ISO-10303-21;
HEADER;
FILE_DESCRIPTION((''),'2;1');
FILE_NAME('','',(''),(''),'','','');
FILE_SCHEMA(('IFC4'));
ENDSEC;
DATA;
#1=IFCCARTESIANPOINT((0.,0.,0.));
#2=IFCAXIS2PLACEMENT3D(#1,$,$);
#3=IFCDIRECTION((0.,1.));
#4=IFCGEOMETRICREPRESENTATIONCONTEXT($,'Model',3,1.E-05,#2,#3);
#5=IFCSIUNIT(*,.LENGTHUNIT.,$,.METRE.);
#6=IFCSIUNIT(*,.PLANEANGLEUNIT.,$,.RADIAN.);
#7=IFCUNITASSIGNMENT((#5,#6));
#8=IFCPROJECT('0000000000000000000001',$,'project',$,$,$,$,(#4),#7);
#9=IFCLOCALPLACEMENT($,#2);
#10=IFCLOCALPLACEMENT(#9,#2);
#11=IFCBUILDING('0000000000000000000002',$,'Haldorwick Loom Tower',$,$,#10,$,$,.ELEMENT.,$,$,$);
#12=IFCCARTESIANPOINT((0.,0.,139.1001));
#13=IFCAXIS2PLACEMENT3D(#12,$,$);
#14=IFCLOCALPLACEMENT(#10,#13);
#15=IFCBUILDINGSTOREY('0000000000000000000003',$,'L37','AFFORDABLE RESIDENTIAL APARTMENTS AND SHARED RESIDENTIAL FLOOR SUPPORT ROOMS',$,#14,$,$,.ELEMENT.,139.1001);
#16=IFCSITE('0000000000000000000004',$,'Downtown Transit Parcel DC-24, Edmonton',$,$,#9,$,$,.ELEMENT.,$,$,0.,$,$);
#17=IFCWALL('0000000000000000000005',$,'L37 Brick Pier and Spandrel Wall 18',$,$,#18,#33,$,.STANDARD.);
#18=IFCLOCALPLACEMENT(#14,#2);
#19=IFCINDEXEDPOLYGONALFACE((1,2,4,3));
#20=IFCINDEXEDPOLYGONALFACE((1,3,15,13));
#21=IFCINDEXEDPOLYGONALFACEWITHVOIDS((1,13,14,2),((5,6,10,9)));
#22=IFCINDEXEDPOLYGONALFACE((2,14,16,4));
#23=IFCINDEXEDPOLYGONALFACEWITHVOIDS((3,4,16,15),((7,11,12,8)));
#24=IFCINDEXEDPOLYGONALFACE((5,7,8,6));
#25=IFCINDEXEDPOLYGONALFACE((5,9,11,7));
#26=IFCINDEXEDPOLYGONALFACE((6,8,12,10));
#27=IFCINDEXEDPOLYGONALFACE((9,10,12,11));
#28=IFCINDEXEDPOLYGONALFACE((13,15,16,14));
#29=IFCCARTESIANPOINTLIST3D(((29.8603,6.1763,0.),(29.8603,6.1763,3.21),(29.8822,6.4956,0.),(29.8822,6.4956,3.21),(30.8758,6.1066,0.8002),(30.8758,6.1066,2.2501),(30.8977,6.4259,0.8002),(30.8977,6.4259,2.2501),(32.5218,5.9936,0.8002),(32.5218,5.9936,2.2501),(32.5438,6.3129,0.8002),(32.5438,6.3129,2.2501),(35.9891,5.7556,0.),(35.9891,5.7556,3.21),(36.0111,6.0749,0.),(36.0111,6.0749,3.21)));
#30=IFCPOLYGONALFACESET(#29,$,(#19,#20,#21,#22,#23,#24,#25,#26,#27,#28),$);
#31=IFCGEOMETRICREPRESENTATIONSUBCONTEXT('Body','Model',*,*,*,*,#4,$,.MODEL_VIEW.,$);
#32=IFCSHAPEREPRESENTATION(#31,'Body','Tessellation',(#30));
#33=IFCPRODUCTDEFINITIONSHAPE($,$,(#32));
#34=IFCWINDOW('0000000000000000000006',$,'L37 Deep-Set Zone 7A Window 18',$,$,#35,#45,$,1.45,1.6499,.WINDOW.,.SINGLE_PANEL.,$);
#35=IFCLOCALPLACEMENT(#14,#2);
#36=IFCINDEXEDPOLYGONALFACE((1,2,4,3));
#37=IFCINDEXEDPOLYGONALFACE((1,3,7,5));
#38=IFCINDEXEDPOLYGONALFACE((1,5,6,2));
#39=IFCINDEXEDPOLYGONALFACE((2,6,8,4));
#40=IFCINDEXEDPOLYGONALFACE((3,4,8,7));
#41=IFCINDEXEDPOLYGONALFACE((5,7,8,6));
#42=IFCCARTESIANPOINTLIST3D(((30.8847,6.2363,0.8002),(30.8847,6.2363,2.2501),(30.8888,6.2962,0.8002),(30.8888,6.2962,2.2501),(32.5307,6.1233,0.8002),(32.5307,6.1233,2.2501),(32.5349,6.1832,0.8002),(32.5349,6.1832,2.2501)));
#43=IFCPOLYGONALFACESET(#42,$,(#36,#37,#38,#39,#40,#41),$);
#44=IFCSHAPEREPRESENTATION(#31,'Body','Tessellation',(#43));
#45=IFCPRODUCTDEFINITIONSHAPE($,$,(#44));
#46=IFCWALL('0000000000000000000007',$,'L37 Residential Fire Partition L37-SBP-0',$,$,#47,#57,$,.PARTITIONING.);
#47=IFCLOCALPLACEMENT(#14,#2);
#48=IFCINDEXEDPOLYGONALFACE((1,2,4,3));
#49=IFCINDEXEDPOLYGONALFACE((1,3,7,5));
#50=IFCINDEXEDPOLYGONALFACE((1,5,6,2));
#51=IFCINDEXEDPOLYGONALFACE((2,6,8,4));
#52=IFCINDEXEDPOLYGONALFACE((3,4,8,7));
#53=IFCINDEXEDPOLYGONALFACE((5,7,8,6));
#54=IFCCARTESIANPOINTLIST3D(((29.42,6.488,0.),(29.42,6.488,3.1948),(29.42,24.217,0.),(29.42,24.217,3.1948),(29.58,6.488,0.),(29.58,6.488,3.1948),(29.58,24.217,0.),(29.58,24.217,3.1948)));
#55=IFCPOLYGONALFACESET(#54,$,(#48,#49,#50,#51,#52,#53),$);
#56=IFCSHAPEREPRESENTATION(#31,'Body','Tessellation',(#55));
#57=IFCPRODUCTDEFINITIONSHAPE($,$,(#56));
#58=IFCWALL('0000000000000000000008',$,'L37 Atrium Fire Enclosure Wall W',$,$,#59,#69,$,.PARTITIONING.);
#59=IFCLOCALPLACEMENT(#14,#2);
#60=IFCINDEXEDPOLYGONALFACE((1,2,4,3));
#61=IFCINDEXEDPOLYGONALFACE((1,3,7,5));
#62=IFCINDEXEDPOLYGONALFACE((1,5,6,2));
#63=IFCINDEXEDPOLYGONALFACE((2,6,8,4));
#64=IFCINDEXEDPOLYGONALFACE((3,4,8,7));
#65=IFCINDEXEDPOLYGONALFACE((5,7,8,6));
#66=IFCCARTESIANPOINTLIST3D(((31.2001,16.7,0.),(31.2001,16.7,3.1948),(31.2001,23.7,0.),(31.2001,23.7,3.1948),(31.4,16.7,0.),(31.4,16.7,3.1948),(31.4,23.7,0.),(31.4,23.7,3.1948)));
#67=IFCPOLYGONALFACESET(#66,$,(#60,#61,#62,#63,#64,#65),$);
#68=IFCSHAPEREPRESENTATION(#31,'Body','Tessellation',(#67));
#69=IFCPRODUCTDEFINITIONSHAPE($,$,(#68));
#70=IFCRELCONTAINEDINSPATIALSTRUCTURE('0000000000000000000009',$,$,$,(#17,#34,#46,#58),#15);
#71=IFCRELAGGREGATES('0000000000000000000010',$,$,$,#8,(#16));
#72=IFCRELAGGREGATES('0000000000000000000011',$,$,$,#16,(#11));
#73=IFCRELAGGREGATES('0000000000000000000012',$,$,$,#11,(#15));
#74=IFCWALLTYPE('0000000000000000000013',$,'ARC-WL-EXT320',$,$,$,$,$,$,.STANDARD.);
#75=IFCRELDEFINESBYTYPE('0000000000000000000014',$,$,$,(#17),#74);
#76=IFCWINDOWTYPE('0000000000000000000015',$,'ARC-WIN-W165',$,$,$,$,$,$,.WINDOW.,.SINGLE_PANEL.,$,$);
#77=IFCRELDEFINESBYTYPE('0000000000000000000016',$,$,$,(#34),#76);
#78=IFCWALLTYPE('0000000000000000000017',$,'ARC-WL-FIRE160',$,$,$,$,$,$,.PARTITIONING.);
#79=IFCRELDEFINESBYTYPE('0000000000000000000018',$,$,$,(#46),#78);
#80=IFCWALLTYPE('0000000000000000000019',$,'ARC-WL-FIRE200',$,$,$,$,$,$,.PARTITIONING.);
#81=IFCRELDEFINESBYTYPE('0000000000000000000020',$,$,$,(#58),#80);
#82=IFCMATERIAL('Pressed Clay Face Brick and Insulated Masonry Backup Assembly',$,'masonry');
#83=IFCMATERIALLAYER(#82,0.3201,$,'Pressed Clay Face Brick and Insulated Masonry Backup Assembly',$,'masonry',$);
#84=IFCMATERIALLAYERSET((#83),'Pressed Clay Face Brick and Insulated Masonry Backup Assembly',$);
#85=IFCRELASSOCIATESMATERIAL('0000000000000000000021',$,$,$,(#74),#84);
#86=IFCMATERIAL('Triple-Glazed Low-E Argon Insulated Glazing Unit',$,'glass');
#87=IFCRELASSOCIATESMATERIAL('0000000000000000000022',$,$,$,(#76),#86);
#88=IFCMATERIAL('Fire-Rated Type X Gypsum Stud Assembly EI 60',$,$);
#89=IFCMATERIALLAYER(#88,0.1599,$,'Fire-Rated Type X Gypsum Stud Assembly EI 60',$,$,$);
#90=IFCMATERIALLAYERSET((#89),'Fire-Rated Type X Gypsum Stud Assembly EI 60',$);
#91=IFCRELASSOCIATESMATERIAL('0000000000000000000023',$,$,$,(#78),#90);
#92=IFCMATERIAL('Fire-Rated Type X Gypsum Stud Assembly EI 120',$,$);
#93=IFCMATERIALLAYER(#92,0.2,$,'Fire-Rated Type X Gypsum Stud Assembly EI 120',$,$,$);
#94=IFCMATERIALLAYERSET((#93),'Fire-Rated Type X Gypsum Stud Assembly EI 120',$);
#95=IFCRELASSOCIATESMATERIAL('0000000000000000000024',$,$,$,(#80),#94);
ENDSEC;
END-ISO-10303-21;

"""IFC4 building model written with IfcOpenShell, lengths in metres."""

from ifc_helpers import new_model, si_unit, direction, frame, frame_2d, origin, place, context, subcontext, project, spatial, rectangle, extrude, material, layer, layer_set, type_object, element, fill, save


model = new_model("IFC4")

# Units and contexts
model_context = context("Model", 3, precision=1e-05, world=origin(), true_north=direction((0.0, 1.0)))
body_context = subcontext(model_context, "Body", "Model", "MODEL_VIEW")
ifc_project = project(units=[si_unit("LENGTHUNIT", "METRE"), si_unit("PLANEANGLEUNIT", "RADIAN")], contexts=[model_context])

# Site, building, storey
site_placement = place(None, origin())
site = spatial("IfcSite", under=ifc_project, at=site_placement, Name="Downtown Transit Parcel DC-24, Edmonton", CompositionType="ELEMENT", RefElevation=0.0)
building_placement = place(site_placement, origin())
building = spatial("IfcBuilding", under=site, at=building_placement, Name="Haldorwick Loom Tower", CompositionType="ELEMENT")
storey_placement = place(building_placement, frame((0.0, 0.0, 139.1001)))
storey = spatial("IfcBuildingStorey", under=building, at=storey_placement, Name="L37", Description="AFFORDABLE RESIDENTIAL APARTMENTS AND SHARED RESIDENTIAL FLOOR SUPPORT ROOMS", CompositionType="ELEMENT", Elevation=139.1001)

# Shared definitions
ifc_material_1 = material(Name="Triple-Glazed Low-E Argon Insulated Glazing Unit", Category="glass")

# Shared definitions
ifc_material_2 = material(Name="Pressed Clay Face Brick and Insulated Masonry Backup Assembly", Category="masonry")
ifc_layer_1 = layer(ifc_material_2, 0.3201, Name="Pressed Clay Face Brick and Insulated Masonry Backup Assembly", Category="masonry")
ifc_layer_set_1 = layer_set([ifc_layer_1], Name="Pressed Clay Face Brick and Insulated Masonry Backup Assembly")
wall_type_1 = type_object("IfcWallType", Name="ARC-WL-EXT320", PredefinedType="STANDARD", material=ifc_layer_set_1)

# Wall, opening, window
wall_1_placement = place(storey_placement, frame((29.8711, 6.3359, 0.0), z_axis=(0.0, 0.0, 1.0), x_axis=(0.997653, -0.068473, 0.0)))
wall_1 = element("IfcWall", 1, at=wall_1_placement, inside=storey, type_object=wall_type_1, Name="L37 Brick Pier and Spandrel Wall 18", PredefinedType="STANDARD", context=body_context, shape_type="SweptSolid", body=[
    extrude(rectangle(XDim=6.1433, YDim=0.3201, at=frame_2d((3.0718, 0.0))), origin(), (0.0, 0.0, 1.0), 3.21),
])
opening_placement = place(wall_1_placement, frame((1.0181, 0.0, 0.8)))
opening = element("IfcOpeningElement", 2, at=opening_placement, cuts=wall_1, PredefinedType="OPENING", context=body_context, shape_type="SweptSolid", body=[
    extrude(rectangle(XDim=1.6499, YDim=1.45, at=frame_2d((0.825, 0.7251))), frame((0.0, 0.1699, 0.0), z_axis=(0.0, -1.0, 0.0), x_axis=(1.0, 0.0, 0.0)), (0.0, 0.0, 1.0), 0.3401),
])
window_type = type_object("IfcWindowType", Name="ARC-WIN-W165", PartitioningType="SINGLE_PANEL", PredefinedType="WINDOW", material=ifc_material_1)
window_placement = place(opening_placement, origin())
window = element("IfcWindow", 3, at=window_placement, inside=storey, type_object=window_type, Name="L37 Deep-Set Zone 7A Window 18", OverallHeight=1.45, OverallWidth=1.6499, PartitioningType="SINGLE_PANEL", PredefinedType="WINDOW", context=body_context, shape_type="SweptSolid", body=[
    extrude(rectangle(XDim=1.6499, YDim=1.45, at=frame_2d((0.825, 0.7251))), frame((0.0, 0.03, 0.0), z_axis=(0.0, -1.0, 0.0), x_axis=(1.0, 0.0, 0.0)), (0.0, 0.0, 1.0), 0.0601),
])
fill(opening, window)

# Walls
ifc_material_3 = material(Name="Fire-Rated Type X Gypsum Stud Assembly EI 60")
ifc_layer_2 = layer(ifc_material_3, 0.1599, Name="Fire-Rated Type X Gypsum Stud Assembly EI 60")
ifc_layer_set_2 = layer_set([ifc_layer_2], Name="Fire-Rated Type X Gypsum Stud Assembly EI 60")
wall_type_2 = type_object("IfcWallType", Name="ARC-WL-FIRE160", PredefinedType="PARTITIONING", material=ifc_layer_set_2)
wall_2_placement = place(storey_placement, frame((29.5, 6.488, 0.0), z_axis=(0.0, 0.0, 1.0), x_axis=(0.0, 1.0, 0.0)))
element("IfcWall", 4, at=wall_2_placement, inside=storey, type_object=wall_type_2, Name="L37 Residential Fire Partition L37-SBP-0", PredefinedType="PARTITIONING", context=body_context, shape_type="SweptSolid", body=[
    extrude(rectangle(XDim=17.729, YDim=0.1599, at=frame_2d((8.8645, 0.0))), origin(), (0.0, 0.0, 1.0), 3.1948),
])
ifc_material_4 = material(Name="Fire-Rated Type X Gypsum Stud Assembly EI 120")
ifc_layer_3 = layer(ifc_material_4, 0.2, Name="Fire-Rated Type X Gypsum Stud Assembly EI 120")
ifc_layer_set_3 = layer_set([ifc_layer_3], Name="Fire-Rated Type X Gypsum Stud Assembly EI 120")
wall_type_3 = type_object("IfcWallType", Name="ARC-WL-FIRE200", PredefinedType="PARTITIONING", material=ifc_layer_set_3)
wall_3_placement = place(storey_placement, frame((31.3, 16.7, 0.0), z_axis=(0.0, 0.0, 1.0), x_axis=(0.0, 1.0, 0.0)))
element("IfcWall", 5, at=wall_3_placement, inside=storey, type_object=wall_type_3, Name="L37 Atrium Fire Enclosure Wall W", PredefinedType="PARTITIONING", context=body_context, shape_type="SweptSolid", body=[
    extrude(rectangle(XDim=7.0, YDim=0.2, at=frame_2d((3.5, 0.0))), origin(), (0.0, 0.0, 1.0), 3.1948),
])

save(model, "model.ifc")
